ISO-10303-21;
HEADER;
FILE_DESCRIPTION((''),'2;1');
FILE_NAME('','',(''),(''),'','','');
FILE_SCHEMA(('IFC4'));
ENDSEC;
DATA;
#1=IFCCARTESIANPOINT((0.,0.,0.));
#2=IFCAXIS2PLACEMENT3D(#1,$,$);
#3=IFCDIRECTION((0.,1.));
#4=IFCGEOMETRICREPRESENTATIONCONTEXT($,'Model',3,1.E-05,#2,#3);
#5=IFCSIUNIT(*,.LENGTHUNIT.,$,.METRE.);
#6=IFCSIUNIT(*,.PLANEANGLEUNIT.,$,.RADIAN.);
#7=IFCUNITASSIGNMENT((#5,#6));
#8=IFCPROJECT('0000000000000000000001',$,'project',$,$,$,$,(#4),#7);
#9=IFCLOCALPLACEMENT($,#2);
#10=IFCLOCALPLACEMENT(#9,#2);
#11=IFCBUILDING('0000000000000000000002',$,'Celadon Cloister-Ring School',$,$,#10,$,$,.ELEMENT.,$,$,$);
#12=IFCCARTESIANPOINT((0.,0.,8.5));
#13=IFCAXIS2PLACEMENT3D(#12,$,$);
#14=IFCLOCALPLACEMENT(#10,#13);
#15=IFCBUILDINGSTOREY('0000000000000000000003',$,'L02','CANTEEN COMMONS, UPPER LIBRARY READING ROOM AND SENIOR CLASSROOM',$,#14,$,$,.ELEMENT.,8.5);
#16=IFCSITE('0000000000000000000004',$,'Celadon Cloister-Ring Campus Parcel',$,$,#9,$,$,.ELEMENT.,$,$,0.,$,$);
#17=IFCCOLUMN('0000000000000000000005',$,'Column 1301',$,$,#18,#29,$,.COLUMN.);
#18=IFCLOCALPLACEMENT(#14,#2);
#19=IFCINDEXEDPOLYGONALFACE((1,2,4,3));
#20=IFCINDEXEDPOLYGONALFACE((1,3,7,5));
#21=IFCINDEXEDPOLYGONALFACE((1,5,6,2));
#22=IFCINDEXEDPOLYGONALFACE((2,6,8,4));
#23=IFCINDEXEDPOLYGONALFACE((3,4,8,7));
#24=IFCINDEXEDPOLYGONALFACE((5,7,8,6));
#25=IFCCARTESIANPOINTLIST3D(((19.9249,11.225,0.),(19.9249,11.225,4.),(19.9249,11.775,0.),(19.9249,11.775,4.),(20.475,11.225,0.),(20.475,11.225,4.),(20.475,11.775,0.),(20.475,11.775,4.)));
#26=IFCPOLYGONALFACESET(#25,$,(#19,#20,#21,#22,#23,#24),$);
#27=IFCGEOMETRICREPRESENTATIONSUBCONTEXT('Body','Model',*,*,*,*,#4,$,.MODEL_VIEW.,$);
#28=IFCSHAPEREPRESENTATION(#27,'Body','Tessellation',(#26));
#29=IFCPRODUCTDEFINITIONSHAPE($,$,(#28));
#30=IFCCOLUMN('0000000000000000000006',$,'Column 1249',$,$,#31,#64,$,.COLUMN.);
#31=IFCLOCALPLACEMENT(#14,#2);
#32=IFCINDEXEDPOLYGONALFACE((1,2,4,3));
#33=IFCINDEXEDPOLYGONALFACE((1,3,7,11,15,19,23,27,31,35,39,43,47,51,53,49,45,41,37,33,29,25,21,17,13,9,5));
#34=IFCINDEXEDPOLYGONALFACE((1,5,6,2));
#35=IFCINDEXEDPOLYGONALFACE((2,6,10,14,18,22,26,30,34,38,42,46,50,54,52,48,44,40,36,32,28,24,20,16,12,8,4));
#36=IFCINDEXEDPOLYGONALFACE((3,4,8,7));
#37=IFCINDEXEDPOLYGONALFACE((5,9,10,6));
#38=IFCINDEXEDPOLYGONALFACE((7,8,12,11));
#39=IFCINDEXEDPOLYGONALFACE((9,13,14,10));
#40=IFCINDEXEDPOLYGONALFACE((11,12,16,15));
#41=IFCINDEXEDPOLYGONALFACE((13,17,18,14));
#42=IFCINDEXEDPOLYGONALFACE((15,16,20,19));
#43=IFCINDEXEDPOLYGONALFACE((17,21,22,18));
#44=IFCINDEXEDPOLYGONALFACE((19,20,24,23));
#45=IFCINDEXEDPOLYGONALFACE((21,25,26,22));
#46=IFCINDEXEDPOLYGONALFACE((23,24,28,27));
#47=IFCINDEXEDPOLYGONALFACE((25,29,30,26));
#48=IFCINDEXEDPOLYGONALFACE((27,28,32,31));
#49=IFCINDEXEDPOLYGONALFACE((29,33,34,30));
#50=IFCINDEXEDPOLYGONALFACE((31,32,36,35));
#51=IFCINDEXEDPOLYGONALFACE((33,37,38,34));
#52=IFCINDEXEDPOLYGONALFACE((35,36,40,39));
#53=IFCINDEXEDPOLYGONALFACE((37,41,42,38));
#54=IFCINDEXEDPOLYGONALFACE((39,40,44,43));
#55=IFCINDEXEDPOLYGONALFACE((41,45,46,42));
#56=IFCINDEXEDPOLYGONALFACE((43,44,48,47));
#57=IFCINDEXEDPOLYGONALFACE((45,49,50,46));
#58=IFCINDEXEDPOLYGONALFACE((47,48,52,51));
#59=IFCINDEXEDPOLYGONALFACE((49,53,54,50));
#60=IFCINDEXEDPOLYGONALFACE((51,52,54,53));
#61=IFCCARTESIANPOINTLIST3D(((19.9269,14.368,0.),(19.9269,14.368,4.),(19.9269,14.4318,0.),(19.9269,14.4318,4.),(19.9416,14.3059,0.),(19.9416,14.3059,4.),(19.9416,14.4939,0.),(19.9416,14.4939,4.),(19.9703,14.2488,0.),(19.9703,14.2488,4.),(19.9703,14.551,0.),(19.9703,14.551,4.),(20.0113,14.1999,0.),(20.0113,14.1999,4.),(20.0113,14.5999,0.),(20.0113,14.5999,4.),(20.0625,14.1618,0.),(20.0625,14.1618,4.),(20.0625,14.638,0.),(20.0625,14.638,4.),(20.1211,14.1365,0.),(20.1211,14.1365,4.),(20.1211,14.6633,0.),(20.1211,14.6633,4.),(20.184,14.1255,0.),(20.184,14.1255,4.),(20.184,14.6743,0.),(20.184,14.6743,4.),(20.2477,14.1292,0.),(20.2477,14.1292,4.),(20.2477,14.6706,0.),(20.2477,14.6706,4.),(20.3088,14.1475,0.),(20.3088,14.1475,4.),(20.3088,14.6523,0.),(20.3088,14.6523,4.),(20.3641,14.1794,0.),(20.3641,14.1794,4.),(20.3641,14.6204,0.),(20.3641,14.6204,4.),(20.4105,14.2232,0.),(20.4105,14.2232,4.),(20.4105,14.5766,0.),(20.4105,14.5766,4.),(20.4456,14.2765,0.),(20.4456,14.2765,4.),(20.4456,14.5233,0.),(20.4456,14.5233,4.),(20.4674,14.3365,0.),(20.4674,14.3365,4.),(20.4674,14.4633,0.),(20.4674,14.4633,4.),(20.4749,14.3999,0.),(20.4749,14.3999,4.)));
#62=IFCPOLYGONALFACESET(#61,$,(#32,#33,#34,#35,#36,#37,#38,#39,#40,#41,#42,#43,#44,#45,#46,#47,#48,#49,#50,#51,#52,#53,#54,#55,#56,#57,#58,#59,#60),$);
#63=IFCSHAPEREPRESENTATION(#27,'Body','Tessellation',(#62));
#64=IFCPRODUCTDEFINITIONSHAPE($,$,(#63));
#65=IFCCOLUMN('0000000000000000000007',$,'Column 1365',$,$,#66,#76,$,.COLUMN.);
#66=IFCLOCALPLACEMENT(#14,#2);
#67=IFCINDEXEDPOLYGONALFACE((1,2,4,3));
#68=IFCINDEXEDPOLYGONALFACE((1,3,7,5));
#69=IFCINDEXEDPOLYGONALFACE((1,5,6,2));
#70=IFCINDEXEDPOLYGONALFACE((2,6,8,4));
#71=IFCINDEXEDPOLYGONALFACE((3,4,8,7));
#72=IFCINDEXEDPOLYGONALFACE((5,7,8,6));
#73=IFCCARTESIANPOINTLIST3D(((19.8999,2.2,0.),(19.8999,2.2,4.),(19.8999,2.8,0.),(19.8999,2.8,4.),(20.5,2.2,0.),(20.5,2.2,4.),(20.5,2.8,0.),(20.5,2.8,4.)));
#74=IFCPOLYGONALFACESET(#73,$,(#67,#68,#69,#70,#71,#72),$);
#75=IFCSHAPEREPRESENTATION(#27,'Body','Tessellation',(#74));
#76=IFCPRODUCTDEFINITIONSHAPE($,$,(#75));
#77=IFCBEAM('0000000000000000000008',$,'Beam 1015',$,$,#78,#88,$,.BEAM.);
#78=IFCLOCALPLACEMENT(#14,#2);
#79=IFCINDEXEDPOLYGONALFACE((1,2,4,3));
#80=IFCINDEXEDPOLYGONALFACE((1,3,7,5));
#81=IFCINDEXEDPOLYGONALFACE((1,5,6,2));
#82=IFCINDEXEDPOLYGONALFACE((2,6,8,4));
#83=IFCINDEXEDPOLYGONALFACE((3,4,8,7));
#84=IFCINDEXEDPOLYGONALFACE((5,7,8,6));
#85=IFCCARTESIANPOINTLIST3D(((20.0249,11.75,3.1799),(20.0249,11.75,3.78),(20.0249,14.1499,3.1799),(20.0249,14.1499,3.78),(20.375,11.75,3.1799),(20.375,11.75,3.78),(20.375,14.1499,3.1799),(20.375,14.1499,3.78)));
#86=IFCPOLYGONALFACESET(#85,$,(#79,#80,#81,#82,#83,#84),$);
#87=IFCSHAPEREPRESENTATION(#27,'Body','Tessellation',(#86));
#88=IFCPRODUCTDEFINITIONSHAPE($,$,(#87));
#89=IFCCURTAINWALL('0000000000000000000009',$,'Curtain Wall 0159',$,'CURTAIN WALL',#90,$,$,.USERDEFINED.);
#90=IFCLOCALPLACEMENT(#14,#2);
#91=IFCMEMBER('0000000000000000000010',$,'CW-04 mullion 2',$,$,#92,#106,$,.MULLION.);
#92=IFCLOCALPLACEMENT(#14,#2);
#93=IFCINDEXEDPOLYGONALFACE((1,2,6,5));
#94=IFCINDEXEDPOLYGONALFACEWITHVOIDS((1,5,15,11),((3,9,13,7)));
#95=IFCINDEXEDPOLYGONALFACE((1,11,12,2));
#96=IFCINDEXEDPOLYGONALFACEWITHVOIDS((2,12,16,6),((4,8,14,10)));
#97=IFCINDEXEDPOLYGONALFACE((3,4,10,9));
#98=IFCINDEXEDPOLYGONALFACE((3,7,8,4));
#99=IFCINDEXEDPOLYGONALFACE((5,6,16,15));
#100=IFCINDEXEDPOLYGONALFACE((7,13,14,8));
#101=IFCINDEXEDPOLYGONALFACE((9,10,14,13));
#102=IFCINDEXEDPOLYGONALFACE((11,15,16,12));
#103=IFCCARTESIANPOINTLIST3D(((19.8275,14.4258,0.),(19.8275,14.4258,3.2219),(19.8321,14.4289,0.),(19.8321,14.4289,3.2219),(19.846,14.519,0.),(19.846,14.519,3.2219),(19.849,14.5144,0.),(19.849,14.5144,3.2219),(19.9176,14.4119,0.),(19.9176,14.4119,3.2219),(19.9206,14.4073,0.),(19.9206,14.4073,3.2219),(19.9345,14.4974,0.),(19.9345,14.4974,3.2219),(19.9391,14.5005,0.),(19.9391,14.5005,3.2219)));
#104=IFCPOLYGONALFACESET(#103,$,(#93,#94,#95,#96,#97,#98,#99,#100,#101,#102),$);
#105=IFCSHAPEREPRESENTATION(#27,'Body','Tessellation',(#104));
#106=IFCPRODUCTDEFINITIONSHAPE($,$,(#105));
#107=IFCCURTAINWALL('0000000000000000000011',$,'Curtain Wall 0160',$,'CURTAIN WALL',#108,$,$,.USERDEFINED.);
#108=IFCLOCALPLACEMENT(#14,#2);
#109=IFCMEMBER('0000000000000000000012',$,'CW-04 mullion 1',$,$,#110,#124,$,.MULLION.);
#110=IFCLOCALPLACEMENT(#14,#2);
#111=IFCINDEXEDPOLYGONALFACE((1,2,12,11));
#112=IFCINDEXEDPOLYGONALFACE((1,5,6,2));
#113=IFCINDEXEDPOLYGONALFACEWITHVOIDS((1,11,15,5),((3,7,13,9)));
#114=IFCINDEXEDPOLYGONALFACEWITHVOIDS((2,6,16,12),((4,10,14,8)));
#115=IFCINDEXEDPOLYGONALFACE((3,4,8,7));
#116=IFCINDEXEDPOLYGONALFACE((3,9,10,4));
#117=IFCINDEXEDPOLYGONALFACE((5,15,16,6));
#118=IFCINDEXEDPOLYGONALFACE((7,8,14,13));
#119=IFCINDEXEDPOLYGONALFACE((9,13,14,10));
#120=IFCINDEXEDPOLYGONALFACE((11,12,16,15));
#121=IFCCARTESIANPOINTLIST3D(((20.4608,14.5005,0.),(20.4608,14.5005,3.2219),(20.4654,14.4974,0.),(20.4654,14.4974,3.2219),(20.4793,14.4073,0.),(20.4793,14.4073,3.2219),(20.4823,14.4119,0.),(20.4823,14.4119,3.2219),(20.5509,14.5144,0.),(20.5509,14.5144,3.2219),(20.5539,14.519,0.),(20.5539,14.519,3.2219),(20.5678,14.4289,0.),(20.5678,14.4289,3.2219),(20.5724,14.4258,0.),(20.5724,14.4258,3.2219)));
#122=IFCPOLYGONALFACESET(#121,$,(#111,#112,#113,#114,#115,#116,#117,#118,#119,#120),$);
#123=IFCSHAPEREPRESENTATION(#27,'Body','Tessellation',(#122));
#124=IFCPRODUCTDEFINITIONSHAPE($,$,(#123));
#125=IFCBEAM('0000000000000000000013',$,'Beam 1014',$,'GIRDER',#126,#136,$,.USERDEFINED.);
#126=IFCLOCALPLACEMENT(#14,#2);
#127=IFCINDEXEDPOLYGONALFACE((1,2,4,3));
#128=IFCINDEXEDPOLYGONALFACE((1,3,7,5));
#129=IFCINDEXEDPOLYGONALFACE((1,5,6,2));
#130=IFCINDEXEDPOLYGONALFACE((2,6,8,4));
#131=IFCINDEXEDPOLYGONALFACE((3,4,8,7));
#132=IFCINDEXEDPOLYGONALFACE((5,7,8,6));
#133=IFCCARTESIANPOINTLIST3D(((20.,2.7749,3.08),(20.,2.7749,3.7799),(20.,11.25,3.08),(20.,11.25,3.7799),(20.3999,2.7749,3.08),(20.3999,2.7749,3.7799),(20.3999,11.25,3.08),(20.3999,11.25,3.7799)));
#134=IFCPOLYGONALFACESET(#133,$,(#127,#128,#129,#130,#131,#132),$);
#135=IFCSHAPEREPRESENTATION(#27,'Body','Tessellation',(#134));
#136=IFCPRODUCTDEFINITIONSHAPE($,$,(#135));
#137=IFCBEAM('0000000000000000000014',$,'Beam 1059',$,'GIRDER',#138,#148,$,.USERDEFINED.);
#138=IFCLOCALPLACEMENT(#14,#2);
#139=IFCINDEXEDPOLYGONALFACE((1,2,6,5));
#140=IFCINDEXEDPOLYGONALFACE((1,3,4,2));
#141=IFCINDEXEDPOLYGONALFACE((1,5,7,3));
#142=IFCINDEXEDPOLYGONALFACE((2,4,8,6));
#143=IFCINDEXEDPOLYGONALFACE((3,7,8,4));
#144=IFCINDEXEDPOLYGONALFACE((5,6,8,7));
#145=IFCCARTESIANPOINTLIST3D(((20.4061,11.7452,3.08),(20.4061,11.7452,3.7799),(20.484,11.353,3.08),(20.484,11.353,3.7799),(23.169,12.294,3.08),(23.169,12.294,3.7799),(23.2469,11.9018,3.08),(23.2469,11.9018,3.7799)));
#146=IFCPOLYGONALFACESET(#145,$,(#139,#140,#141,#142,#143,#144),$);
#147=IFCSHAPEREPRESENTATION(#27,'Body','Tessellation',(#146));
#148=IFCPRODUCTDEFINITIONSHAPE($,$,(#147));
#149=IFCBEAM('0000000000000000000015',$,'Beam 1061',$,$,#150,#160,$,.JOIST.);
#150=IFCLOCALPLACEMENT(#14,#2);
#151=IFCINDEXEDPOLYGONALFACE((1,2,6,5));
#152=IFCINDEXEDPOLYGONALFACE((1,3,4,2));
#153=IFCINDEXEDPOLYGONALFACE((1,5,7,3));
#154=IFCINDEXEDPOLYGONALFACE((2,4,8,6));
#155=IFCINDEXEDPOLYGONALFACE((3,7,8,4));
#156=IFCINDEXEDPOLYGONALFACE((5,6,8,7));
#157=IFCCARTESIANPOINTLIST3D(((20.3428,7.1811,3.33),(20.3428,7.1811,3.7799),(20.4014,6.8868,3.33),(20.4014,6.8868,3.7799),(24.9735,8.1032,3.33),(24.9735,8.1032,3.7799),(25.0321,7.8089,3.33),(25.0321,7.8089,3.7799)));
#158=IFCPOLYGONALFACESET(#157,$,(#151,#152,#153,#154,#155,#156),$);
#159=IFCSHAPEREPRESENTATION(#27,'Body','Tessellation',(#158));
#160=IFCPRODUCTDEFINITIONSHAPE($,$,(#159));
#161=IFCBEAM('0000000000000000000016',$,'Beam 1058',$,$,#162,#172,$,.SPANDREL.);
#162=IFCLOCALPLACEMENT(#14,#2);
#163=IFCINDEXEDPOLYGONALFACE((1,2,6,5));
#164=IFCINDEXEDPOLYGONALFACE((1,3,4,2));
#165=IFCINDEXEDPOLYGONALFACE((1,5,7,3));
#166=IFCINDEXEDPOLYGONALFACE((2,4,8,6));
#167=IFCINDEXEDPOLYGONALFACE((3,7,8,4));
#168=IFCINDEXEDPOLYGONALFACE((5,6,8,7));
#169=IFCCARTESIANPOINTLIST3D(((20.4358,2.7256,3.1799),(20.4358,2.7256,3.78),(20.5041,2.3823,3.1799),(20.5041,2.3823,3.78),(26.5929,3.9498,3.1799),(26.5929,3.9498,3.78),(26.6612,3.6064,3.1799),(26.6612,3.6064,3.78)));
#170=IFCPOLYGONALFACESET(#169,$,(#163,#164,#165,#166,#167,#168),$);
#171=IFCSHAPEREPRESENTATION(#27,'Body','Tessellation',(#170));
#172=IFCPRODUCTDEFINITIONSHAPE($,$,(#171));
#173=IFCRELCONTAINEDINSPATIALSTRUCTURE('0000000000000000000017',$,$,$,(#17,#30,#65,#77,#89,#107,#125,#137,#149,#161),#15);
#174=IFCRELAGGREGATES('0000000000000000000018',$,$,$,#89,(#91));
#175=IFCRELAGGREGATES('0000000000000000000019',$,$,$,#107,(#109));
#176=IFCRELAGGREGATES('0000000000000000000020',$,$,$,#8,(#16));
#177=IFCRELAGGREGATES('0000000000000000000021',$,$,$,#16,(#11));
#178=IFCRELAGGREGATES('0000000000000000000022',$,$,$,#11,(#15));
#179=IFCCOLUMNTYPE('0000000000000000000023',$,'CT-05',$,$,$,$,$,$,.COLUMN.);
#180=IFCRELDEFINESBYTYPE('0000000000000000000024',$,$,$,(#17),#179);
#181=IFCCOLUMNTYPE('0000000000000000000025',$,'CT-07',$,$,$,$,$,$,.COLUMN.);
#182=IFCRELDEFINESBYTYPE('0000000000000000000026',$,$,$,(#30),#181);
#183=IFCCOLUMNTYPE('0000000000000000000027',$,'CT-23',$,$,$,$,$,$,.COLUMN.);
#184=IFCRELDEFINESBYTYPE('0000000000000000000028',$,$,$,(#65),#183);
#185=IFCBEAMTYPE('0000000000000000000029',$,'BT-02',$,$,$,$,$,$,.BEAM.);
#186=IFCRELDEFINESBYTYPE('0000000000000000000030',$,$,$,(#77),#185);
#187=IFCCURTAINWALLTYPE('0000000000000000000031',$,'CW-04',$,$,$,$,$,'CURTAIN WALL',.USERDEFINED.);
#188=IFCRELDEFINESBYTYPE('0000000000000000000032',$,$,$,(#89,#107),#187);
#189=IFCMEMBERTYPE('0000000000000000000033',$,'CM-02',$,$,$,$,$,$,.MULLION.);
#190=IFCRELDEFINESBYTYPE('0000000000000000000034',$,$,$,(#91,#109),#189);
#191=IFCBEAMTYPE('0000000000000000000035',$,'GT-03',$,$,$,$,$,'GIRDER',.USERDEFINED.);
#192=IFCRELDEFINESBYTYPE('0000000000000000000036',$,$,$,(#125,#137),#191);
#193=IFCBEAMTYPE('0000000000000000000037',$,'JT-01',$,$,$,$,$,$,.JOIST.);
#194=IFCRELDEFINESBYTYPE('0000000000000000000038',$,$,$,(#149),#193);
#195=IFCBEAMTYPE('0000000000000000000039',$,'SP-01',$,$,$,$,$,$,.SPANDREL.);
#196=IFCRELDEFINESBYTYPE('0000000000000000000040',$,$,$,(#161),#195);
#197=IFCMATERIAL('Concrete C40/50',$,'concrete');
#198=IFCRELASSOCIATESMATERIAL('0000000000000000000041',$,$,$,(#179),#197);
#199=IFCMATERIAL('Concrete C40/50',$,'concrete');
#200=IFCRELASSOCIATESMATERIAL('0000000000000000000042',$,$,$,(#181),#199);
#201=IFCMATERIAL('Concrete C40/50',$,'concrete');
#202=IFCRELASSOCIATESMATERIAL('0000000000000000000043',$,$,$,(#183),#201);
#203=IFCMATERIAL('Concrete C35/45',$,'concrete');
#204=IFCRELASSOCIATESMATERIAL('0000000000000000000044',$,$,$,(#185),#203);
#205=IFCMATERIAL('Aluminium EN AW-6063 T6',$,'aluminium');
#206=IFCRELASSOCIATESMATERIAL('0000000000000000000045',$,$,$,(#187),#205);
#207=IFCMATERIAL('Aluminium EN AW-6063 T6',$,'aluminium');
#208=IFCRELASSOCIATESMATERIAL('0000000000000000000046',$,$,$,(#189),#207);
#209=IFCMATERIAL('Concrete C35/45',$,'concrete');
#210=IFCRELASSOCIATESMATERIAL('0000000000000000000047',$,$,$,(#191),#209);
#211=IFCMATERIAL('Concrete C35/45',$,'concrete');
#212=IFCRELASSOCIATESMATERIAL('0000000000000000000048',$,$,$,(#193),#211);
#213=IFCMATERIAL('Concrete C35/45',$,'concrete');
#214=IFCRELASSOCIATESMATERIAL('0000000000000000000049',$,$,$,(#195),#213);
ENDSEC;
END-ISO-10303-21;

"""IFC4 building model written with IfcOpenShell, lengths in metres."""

from ifc_helpers import new_model, si_unit, direction, frame, origin, origin_2d, place, context, subcontext, project, spatial, rectangle, hollow_rectangle, circle, extrude, material, material_profile, profile_set, type_object, element, aggregate, save


model = new_model("IFC4")

# Units and contexts
model_context = context("Model", 3, precision=1e-05, world=origin(), true_north=direction((0.0, 1.0)))
body_context = subcontext(model_context, "Body", "Model", "MODEL_VIEW")
ifc_project = project(units=[si_unit("LENGTHUNIT", "METRE"), si_unit("PLANEANGLEUNIT", "RADIAN")], contexts=[model_context])

# Site, building, storey
site_placement = place(None, origin())
site = spatial("IfcSite", under=ifc_project, at=site_placement, Name="Celadon Cloister-Ring Campus Parcel", CompositionType="ELEMENT", RefElevation=0.0)
building_placement = place(site_placement, origin())
building = spatial("IfcBuilding", under=site, at=building_placement, Name="Celadon Cloister-Ring School", CompositionType="ELEMENT")
storey_placement = place(building_placement, frame((0.0, 0.0, 8.5)))
storey = spatial("IfcBuildingStorey", under=building, at=storey_placement, Name="L02", Description="CANTEEN COMMONS, UPPER LIBRARY READING ROOM AND SENIOR CLASSROOM", CompositionType="ELEMENT", Elevation=8.5)

# Columns
ifc_material_1 = material(Name="Concrete C40/50", Category="concrete")
ifc_material_profile_1 = material_profile(ifc_material_1, rectangle(XDim=0.55, YDim=0.55, at=origin_2d()), Name="RC550X550")
ifc_profile_set_1 = profile_set([ifc_material_profile_1], Name="Concrete C40/50")
column_type_1 = type_object("IfcColumnType", Name="CT-05", PredefinedType="COLUMN", material=ifc_profile_set_1)
column_1_placement = place(storey_placement, frame((20.2, 11.5, 0.0), z_axis=(0.0, 0.0, 1.0), x_axis=(0.0, -1.0, 0.0)))
element("IfcColumn", 1, at=column_1_placement, inside=storey, type_object=column_type_1, Name="Column 1301", PredefinedType="COLUMN", context=body_context, shape_type="SweptSolid", body=[
    extrude(rectangle(XDim=0.55, YDim=0.55, at=origin_2d()), origin(), (0.0, 0.0, 1.0), 4.0),
])
ifc_material_2 = material(Name="Concrete C40/50", Category="concrete")
ifc_material_profile_2 = material_profile(ifc_material_2, circle(Radius=0.2749, at=origin_2d()), Name="CIRC550")
ifc_profile_set_2 = profile_set([ifc_material_profile_2], Name="Concrete C40/50")
column_type_2 = type_object("IfcColumnType", Name="CT-07", PredefinedType="COLUMN", material=ifc_profile_set_2)
column_2_placement = place(storey_placement, frame((20.2, 14.3999, 0.0), z_axis=(0.0, 0.0, 1.0), x_axis=(1.0, 0.0, 0.0)))
element("IfcColumn", 2, at=column_2_placement, inside=storey, type_object=column_type_2, Name="Column 1249", PredefinedType="COLUMN", context=body_context, shape_type="SweptSolid", body=[
    extrude(circle(Radius=0.2749, at=origin_2d()), origin(), (0.0, 0.0, 1.0), 4.0),
])
ifc_material_3 = material(Name="Concrete C40/50", Category="concrete")
ifc_material_profile_3 = material_profile(ifc_material_3, rectangle(XDim=0.6001, YDim=0.6001, at=origin_2d()), Name="RC600X600")
ifc_profile_set_3 = profile_set([ifc_material_profile_3], Name="Concrete C40/50")
column_type_3 = type_object("IfcColumnType", Name="CT-23", PredefinedType="COLUMN", material=ifc_profile_set_3)
column_3_placement = place(storey_placement, frame((20.2, 2.5, 0.0), z_axis=(0.0, 0.0, 1.0), x_axis=(0.0, -1.0, 0.0)))
element("IfcColumn", 3, at=column_3_placement, inside=storey, type_object=column_type_3, Name="Column 1365", PredefinedType="COLUMN", context=body_context, shape_type="SweptSolid", body=[
    extrude(rectangle(XDim=0.6001, YDim=0.6001, at=origin_2d()), origin(), (0.0, 0.0, 1.0), 4.0),
])

# Beam
ifc_material_4 = material(Name="Concrete C35/45", Category="concrete")
ifc_material_profile_4 = material_profile(ifc_material_4, rectangle(XDim=0.3501, YDim=0.6001, at=origin_2d()), Name="RC350X600")
ifc_profile_set_4 = profile_set([ifc_material_profile_4], Name="Concrete C35/45")
beam_type_1 = type_object("IfcBeamType", Name="BT-02", PredefinedType="BEAM", material=ifc_profile_set_4)
beam_1_placement = place(storey_placement, frame((20.2, 11.75, 3.48), z_axis=(0.0, 1.0, 0.0), x_axis=(-1.0, 0.0, 0.0)))
element("IfcBeam", 4, at=beam_1_placement, inside=storey, type_object=beam_type_1, Name="Beam 1015", PredefinedType="BEAM", context=body_context, shape_type="SweptSolid", body=[
    extrude(rectangle(XDim=0.3501, YDim=0.6001, at=origin_2d()), origin(), (0.0, 0.0, 1.0), 2.3999),
])

# Curtain walls, members
ifc_material_5 = material(Name="Aluminium EN AW-6063 T6", Category="aluminium")
curtain_wall_type = type_object("IfcCurtainWallType", Name="CW-04", ElementType="CURTAIN WALL", PredefinedType="USERDEFINED", material=ifc_material_5)
curtain_wall_1_placement = place(storey_placement, origin())
curtain_wall_1 = element("IfcCurtainWall", 5, at=curtain_wall_1_placement, inside=storey, type_object=curtain_wall_type, Name="Curtain Wall 0159", ObjectType="CURTAIN WALL", PredefinedType="USERDEFINED")
ifc_material_6 = material(Name="Aluminium EN AW-6063 T6", Category="aluminium")
ifc_material_profile_5 = material_profile(ifc_material_6, hollow_rectangle(XDim=0.095, YDim=0.095, WallThickness=0.0039, at=origin_2d()), Name="RHS95X95X4")
ifc_profile_set_5 = profile_set([ifc_material_profile_5], Name="Aluminium EN AW-6063 T6")
member_type = type_object("IfcMemberType", Name="CM-02", PredefinedType="MULLION", material=ifc_profile_set_5)
member_1_placement = place(storey_placement, frame((19.8833, 14.4631, 0.0), z_axis=(0.0, 0.0, 1.0), x_axis=(0.194586, 0.980885, 0.0)))
member_1 = element("IfcMember", 6, at=member_1_placement, type_object=member_type, Name="CW-04 mullion 2", PredefinedType="MULLION", context=body_context, shape_type="SweptSolid", body=[
    extrude(hollow_rectangle(XDim=0.095, YDim=0.095, WallThickness=0.0039, at=origin_2d()), origin(), (0.0, 0.0, 1.0), 3.2219),
])
aggregate(curtain_wall_1, [member_1])
curtain_wall_2_placement = place(storey_placement, origin())
curtain_wall_2 = element("IfcCurtainWall", 7, at=curtain_wall_2_placement, inside=storey, type_object=curtain_wall_type, Name="Curtain Wall 0160", ObjectType="CURTAIN WALL", PredefinedType="USERDEFINED")
member_2_placement = place(storey_placement, frame((20.5166, 14.4631, 0.0), z_axis=(0.0, 0.0, 1.0), x_axis=(-0.194586, 0.980885, 0.0)))
member_2 = element("IfcMember", 8, at=member_2_placement, type_object=member_type, Name="CW-04 mullion 1", PredefinedType="MULLION", context=body_context, shape_type="SweptSolid", body=[
    extrude(hollow_rectangle(XDim=0.095, YDim=0.095, WallThickness=0.0039, at=origin_2d()), origin(), (0.0, 0.0, 1.0), 3.2219),
])
aggregate(curtain_wall_2, [member_2])

# Beams
ifc_material_7 = material(Name="Concrete C35/45", Category="concrete")
ifc_material_profile_6 = material_profile(ifc_material_7, rectangle(XDim=0.3999, YDim=0.7, at=origin_2d()), Name="RC400X700")
ifc_profile_set_6 = profile_set([ifc_material_profile_6], Name="Concrete C35/45")
beam_type_2 = type_object("IfcBeamType", Name="GT-03", ElementType="GIRDER", PredefinedType="USERDEFINED", material=ifc_profile_set_6)
beam_2_placement = place(storey_placement, frame((20.2, 2.7749, 3.4299), z_axis=(0.0, 1.0, 0.0), x_axis=(-1.0, 0.0, 0.0)))
element("IfcBeam", 9, at=beam_2_placement, inside=storey, type_object=beam_type_2, Name="Beam 1014", ObjectType="GIRDER", PredefinedType="USERDEFINED", context=body_context, shape_type="SweptSolid", body=[
    extrude(rectangle(XDim=0.3999, YDim=0.7, at=origin_2d()), origin(), (0.0, 0.0, 1.0), 8.4751),
])
beam_3_placement = place(storey_placement, frame((20.4451, 11.5491, 3.4299), z_axis=(0.980837, 0.194833, 0.0), x_axis=(-0.194833, 0.980837, 0.0)))
element("IfcBeam", 10, at=beam_3_placement, inside=storey, type_object=beam_type_2, Name="Beam 1059", ObjectType="GIRDER", PredefinedType="USERDEFINED", context=body_context, shape_type="SweptSolid", body=[
    extrude(rectangle(XDim=0.3999, YDim=0.7, at=origin_2d()), origin(), (0.0, 0.0, 1.0), 2.8169),
])
ifc_material_8 = material(Name="Concrete C35/45", Category="concrete")
ifc_material_profile_7 = material_profile(ifc_material_8, rectangle(XDim=0.3, YDim=0.45, at=origin_2d()), Name="RC300X450")
ifc_profile_set_7 = profile_set([ifc_material_profile_7], Name="Concrete C35/45")
beam_type_3 = type_object("IfcBeamType", Name="JT-01", PredefinedType="JOIST", material=ifc_profile_set_7)
beam_4_placement = place(storey_placement, frame((20.3721, 7.0339, 3.5549), z_axis=(0.980745, 0.195291, 0.0), x_axis=(-0.195291, 0.980745, 0.0)))
element("IfcBeam", 11, at=beam_4_placement, inside=storey, type_object=beam_type_3, Name="Beam 1061", PredefinedType="JOIST", context=body_context, shape_type="SweptSolid", body=[
    extrude(rectangle(XDim=0.3, YDim=0.45, at=origin_2d()), origin(), (0.0, 0.0, 1.0), 4.7217),
])
ifc_material_9 = material(Name="Concrete C35/45", Category="concrete")
ifc_material_profile_8 = material_profile(ifc_material_9, rectangle(XDim=0.3501, YDim=0.6001, at=origin_2d()), Name="RC350X600")
ifc_profile_set_8 = profile_set([ifc_material_profile_8], Name="Concrete C35/45")
beam_type_4 = type_object("IfcBeamType", Name="SP-01", PredefinedType="SPANDREL", material=ifc_profile_set_8)
beam_5_placement = place(storey_placement, frame((20.47, 2.554, 3.48), z_axis=(0.980803, 0.195002, 0.0), x_axis=(-0.195002, 0.980803, 0.0)))
element("IfcBeam", 12, at=beam_5_placement, inside=storey, type_object=beam_type_4, Name="Beam 1058", PredefinedType="SPANDREL", context=body_context, shape_type="SweptSolid", body=[
    extrude(rectangle(XDim=0.3501, YDim=0.6001, at=origin_2d()), origin(), (0.0, 0.0, 1.0), 6.2776),
])

save(model, "model.ifc")
